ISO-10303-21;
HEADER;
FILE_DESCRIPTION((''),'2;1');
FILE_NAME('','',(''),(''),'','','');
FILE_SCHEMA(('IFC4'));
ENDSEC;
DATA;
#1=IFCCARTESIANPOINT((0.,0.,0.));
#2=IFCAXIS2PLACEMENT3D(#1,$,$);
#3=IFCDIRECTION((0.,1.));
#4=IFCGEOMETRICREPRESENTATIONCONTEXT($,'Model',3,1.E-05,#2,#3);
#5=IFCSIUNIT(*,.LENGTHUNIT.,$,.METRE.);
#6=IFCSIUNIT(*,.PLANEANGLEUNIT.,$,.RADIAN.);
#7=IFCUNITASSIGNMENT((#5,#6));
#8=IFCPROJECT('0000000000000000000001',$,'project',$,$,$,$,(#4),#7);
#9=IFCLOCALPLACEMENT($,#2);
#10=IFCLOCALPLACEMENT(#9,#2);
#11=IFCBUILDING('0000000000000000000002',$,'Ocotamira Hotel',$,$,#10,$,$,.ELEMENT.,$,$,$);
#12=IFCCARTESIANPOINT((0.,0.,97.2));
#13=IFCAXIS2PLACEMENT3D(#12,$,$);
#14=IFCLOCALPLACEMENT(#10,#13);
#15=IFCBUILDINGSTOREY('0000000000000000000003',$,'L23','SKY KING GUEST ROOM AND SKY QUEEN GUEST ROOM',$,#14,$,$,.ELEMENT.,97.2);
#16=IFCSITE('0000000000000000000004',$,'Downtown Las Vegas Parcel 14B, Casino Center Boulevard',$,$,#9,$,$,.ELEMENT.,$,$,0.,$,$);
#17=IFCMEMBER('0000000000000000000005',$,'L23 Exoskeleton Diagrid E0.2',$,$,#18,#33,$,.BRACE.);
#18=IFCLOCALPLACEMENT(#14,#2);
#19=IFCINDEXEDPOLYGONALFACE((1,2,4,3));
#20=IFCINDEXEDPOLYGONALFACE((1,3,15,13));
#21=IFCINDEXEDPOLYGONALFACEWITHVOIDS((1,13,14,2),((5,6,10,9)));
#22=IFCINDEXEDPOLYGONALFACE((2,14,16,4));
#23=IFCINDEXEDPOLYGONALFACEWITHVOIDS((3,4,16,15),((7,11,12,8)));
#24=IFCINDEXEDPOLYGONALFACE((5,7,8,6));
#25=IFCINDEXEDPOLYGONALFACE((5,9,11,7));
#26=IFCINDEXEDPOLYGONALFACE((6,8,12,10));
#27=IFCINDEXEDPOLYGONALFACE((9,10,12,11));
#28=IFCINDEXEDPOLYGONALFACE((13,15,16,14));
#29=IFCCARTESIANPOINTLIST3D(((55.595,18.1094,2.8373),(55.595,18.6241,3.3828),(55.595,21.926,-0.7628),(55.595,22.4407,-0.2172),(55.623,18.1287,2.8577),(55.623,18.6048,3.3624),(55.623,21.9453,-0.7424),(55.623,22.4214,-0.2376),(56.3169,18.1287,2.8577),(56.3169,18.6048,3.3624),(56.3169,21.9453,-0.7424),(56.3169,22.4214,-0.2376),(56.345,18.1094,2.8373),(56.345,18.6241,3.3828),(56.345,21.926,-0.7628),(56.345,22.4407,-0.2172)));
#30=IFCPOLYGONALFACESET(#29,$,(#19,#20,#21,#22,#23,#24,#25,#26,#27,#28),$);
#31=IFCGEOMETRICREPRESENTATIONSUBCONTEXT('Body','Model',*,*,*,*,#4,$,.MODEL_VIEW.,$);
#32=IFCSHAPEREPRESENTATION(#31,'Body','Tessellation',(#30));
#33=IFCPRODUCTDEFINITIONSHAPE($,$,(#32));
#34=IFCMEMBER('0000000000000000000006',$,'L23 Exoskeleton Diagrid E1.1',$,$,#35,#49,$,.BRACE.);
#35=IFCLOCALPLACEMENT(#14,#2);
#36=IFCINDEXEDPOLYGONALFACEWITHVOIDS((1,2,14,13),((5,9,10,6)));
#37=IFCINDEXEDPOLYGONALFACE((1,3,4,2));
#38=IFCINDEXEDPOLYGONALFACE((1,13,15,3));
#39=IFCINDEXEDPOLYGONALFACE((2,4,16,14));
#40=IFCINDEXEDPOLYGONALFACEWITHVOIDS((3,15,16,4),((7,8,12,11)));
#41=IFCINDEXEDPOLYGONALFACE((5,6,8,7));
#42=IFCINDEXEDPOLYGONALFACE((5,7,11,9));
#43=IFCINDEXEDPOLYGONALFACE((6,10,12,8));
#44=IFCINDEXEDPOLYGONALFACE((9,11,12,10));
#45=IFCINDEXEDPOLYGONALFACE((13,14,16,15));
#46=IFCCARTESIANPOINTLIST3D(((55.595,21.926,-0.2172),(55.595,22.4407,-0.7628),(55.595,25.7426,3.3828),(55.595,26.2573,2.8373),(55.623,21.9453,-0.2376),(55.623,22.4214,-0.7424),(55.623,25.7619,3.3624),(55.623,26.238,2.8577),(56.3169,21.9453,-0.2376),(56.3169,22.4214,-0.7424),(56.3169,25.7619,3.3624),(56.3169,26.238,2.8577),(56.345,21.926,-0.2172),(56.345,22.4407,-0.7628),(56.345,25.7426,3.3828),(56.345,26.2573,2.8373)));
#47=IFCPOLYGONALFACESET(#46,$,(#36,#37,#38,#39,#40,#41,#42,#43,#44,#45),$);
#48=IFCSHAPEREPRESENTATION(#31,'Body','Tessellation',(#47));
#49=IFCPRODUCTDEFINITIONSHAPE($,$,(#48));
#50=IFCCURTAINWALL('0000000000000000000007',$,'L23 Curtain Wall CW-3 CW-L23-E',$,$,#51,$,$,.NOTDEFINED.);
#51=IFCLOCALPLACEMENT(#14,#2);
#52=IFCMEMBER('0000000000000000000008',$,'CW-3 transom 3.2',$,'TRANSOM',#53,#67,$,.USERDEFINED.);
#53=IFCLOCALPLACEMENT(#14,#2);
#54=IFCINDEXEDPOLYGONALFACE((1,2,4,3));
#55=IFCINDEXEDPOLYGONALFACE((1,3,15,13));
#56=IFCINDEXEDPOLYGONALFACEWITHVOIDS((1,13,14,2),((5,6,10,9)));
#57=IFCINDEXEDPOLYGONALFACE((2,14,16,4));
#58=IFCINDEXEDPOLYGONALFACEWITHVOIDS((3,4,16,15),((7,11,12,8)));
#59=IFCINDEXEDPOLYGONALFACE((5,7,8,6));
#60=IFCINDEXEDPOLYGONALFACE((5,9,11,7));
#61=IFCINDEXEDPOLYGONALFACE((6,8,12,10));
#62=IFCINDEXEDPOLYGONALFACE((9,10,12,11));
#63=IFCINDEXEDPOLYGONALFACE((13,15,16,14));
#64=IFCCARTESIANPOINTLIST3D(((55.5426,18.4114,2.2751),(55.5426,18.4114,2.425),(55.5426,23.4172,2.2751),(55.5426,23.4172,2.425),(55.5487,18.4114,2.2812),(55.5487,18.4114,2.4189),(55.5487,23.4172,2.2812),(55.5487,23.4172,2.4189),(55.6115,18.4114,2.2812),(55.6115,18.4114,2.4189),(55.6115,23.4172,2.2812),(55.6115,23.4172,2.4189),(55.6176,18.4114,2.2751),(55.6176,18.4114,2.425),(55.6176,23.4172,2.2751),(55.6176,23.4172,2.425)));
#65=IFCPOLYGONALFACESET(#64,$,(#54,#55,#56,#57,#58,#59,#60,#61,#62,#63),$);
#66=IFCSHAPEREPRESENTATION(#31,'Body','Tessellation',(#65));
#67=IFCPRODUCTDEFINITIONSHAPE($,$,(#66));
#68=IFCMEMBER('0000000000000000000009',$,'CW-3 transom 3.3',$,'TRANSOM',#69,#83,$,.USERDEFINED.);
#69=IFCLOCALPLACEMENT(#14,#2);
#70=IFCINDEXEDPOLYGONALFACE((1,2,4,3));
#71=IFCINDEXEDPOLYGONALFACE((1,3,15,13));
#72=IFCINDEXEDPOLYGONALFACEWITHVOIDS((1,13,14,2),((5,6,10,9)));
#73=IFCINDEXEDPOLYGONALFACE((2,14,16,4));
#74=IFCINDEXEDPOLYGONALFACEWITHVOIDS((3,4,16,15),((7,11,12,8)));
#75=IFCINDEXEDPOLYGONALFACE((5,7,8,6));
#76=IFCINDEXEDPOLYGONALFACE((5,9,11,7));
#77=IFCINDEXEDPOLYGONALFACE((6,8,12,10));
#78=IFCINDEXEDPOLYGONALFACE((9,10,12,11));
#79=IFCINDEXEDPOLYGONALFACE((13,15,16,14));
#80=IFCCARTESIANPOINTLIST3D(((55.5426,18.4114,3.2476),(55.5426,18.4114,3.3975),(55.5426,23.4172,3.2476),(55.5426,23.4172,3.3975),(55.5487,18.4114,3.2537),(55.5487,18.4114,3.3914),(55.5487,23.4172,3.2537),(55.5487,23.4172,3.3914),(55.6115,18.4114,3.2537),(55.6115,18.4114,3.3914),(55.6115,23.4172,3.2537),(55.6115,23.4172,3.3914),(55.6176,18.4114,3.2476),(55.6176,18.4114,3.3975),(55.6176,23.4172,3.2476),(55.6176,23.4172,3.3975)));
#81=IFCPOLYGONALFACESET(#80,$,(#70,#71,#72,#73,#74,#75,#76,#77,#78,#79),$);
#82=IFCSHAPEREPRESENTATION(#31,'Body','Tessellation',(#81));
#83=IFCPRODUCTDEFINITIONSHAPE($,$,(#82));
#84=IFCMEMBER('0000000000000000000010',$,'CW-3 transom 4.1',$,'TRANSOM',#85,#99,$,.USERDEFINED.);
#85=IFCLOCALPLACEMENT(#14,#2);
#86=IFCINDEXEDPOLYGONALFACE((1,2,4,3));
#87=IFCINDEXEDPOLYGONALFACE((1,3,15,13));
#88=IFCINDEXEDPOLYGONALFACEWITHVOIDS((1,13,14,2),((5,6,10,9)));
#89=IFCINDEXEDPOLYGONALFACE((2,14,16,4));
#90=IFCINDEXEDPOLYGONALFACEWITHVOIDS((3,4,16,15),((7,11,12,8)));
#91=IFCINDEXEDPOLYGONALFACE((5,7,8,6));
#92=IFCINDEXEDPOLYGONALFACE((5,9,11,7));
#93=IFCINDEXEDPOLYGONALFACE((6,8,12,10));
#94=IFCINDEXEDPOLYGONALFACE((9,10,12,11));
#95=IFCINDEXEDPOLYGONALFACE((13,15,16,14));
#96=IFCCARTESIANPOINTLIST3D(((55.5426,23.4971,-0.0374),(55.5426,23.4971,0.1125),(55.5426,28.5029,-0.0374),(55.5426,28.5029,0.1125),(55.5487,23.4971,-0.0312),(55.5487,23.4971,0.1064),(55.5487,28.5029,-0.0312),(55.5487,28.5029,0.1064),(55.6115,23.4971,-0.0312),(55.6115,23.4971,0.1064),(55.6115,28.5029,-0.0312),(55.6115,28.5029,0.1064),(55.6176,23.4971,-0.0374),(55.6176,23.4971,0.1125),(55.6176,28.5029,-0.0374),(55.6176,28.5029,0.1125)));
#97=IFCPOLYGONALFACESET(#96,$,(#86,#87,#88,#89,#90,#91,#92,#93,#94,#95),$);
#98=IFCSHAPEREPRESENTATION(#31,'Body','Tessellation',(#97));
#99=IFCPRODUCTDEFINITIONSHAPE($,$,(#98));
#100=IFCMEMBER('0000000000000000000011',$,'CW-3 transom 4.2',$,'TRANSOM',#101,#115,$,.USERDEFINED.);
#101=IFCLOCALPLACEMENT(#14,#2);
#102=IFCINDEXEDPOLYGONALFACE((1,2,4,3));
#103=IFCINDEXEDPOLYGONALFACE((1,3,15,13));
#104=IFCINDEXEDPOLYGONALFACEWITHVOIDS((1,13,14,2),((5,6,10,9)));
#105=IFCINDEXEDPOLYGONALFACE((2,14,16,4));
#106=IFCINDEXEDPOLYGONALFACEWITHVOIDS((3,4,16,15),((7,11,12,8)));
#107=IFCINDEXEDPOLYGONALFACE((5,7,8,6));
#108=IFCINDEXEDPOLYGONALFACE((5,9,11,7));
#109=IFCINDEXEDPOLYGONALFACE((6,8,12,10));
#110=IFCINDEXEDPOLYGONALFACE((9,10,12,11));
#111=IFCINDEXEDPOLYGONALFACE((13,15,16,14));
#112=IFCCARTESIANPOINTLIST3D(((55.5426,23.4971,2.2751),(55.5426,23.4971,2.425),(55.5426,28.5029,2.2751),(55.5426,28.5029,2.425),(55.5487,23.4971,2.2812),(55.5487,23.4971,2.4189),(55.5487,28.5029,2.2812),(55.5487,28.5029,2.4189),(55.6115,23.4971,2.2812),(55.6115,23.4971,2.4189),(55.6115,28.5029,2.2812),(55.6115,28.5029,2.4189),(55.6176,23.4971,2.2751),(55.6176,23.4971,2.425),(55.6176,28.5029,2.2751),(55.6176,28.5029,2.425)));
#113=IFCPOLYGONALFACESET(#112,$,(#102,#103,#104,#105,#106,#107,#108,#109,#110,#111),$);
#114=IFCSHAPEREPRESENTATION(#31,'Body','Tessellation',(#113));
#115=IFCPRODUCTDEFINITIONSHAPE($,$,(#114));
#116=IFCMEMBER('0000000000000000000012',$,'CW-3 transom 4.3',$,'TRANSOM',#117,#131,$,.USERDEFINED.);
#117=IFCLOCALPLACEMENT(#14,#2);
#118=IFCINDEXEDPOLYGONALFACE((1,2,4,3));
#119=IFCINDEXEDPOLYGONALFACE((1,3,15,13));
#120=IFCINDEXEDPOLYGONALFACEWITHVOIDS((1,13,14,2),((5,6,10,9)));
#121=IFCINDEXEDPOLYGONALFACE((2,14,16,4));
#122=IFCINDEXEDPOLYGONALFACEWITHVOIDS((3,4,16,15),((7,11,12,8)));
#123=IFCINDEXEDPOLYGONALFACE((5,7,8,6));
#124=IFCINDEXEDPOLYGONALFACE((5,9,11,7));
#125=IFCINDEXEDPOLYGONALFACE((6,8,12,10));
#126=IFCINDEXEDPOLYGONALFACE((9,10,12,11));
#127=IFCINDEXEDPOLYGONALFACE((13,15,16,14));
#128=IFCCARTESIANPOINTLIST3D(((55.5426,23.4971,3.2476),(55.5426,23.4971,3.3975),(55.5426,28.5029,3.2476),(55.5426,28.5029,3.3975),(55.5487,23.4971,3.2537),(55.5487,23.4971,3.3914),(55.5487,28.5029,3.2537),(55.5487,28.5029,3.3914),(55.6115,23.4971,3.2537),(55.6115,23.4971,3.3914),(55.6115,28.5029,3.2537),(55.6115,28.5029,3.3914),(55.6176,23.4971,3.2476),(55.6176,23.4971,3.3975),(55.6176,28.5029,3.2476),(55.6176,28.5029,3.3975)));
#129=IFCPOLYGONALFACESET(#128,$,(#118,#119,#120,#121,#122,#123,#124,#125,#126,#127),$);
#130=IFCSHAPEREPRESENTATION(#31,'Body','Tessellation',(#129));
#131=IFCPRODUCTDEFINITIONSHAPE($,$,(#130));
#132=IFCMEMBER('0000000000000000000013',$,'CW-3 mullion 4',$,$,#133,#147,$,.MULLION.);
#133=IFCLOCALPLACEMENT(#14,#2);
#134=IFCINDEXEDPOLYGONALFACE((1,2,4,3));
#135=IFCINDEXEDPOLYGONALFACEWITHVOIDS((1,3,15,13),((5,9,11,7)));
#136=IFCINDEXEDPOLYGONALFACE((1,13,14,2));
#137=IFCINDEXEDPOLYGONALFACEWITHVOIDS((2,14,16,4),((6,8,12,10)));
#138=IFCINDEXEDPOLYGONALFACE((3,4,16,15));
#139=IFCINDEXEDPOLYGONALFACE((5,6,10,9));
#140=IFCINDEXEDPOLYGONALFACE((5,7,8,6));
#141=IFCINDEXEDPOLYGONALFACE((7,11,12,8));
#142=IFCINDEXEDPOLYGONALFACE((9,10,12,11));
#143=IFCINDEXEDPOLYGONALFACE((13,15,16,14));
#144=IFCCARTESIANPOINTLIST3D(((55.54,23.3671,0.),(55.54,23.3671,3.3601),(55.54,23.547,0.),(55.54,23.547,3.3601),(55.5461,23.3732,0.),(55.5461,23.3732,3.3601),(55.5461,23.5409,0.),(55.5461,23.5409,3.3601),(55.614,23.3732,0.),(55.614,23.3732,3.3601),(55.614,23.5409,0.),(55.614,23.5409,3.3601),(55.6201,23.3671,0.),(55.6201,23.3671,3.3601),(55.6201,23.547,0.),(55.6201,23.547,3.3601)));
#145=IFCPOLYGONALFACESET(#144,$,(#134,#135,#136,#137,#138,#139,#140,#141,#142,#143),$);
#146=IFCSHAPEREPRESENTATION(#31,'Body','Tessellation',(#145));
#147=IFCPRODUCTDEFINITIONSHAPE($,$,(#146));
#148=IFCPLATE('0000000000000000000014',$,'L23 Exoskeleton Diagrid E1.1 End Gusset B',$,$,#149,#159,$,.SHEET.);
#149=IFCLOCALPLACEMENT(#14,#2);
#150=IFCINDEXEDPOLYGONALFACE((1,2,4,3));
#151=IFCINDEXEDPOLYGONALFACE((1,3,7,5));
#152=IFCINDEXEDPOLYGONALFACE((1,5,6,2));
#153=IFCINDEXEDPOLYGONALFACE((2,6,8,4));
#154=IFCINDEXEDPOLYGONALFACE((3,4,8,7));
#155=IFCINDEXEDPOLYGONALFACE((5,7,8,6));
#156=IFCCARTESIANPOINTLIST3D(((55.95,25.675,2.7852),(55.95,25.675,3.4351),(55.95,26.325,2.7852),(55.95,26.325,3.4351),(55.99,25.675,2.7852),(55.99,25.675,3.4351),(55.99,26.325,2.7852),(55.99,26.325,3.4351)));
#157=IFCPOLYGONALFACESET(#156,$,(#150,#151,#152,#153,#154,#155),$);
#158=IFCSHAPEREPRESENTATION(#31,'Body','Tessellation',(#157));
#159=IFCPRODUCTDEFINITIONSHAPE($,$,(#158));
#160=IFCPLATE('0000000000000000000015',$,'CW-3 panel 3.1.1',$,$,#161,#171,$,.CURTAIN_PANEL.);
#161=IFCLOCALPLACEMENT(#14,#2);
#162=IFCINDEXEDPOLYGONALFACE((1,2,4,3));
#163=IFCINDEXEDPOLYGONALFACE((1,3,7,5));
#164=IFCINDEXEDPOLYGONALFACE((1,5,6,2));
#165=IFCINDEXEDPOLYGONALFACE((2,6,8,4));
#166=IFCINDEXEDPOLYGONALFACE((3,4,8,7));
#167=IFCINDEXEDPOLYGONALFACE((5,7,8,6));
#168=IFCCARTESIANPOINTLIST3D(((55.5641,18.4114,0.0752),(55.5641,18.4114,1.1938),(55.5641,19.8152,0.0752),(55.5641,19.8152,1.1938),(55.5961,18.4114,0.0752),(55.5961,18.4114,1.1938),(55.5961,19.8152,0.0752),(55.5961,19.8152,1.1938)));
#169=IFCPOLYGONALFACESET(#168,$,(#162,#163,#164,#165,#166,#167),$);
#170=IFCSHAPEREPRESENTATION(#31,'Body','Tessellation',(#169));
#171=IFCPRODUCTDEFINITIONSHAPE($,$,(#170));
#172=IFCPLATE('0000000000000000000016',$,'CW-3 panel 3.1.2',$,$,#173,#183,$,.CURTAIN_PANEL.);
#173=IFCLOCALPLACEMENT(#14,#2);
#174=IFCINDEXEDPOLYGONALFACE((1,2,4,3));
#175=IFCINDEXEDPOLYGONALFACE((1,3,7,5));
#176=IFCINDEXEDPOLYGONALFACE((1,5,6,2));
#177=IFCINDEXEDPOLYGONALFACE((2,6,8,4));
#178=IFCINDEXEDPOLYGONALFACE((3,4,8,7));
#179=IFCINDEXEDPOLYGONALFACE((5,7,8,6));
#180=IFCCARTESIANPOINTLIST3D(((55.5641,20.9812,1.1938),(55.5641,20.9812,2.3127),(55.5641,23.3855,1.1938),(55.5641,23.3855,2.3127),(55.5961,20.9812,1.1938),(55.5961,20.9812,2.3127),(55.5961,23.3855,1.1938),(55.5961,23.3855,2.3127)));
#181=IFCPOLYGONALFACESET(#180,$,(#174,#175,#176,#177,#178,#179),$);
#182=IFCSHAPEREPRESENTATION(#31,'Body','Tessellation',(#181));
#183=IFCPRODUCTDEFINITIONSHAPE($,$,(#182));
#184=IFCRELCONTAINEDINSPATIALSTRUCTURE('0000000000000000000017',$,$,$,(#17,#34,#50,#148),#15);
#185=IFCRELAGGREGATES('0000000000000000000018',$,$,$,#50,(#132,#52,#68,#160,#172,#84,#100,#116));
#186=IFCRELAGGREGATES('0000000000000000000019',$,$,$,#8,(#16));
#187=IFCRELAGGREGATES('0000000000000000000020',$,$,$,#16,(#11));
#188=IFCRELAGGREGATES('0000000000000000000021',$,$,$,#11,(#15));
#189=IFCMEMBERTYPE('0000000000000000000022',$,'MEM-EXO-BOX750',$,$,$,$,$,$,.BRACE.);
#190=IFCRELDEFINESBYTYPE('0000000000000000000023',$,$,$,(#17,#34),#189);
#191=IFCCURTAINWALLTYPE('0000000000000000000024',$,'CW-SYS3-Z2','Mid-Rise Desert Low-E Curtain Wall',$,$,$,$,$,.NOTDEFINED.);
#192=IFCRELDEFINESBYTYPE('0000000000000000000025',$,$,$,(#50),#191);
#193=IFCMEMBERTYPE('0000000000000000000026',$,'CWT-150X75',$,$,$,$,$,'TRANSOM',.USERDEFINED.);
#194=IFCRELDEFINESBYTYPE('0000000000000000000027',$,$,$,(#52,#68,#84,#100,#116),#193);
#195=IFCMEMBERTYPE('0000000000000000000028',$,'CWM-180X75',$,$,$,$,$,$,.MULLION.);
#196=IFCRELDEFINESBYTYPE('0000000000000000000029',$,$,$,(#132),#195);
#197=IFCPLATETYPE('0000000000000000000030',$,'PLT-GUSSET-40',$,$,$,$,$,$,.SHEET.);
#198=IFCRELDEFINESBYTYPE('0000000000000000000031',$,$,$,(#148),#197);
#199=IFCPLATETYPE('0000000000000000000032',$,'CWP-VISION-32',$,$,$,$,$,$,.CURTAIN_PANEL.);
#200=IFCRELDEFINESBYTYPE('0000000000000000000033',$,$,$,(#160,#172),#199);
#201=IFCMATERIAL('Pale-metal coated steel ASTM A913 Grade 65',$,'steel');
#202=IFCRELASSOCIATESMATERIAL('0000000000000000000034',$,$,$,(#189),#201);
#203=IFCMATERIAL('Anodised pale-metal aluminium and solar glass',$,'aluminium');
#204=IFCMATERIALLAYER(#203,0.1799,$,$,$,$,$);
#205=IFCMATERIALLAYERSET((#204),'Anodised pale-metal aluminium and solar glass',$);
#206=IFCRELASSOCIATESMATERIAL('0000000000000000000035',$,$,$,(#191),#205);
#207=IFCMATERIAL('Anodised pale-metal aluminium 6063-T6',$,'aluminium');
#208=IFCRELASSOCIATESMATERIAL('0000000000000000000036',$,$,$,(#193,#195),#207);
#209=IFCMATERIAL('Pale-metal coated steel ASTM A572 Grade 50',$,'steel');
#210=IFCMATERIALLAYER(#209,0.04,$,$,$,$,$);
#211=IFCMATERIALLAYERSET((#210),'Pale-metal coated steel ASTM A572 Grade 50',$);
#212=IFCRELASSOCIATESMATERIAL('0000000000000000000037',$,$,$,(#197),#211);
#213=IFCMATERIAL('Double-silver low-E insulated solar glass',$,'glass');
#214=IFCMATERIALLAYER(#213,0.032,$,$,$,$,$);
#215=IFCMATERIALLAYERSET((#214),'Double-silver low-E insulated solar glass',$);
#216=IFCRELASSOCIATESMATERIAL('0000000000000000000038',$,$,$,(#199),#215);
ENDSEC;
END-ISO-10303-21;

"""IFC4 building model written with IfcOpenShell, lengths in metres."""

from ifc_helpers import new_model, si_unit, direction, frame, origin, origin_2d, place, context, subcontext, project, spatial, rectangle, hollow_rectangle, extrude, source, transform, mapped, material, layer, layer_set, material_profile, profile_set, type_object, element, aggregate, save


model = new_model("IFC4")

# Units and contexts
model_context = context("Model", 3, precision=1e-05, world=origin(), true_north=direction((0.0, 1.0)))
body_context = subcontext(model_context, "Body", "Model", "MODEL_VIEW")
ifc_project = project(units=[si_unit("LENGTHUNIT", "METRE"), si_unit("PLANEANGLEUNIT", "RADIAN")], contexts=[model_context])

# Site, building, storey
site_placement = place(None, origin())
site = spatial("IfcSite", under=ifc_project, at=site_placement, Name="Downtown Las Vegas Parcel 14B, Casino Center Boulevard", CompositionType="ELEMENT", RefElevation=0.0)
building_placement = place(site_placement, origin())
building = spatial("IfcBuilding", under=site, at=building_placement, Name="Ocotamira Hotel", CompositionType="ELEMENT")
storey_placement = place(building_placement, frame((0.0, 0.0, 97.2)))
storey = spatial("IfcBuildingStorey", under=building, at=storey_placement, Name="L23", Description="SKY KING GUEST ROOM AND SKY QUEEN GUEST ROOM", CompositionType="ELEMENT", Elevation=97.2)

# Members
ifc_material_1 = material(Name="Pale-metal coated steel ASTM A913 Grade 65", Category="steel")
ifc_material_profile_1 = material_profile(ifc_material_1, hollow_rectangle(XDim=0.75, YDim=0.75, WallThickness=0.0281, at=origin_2d()), Name="BOX750X750X28")
ifc_profile_set_1 = profile_set([ifc_material_profile_1], Name="Pale-metal coated steel ASTM A913 Grade 65")
member_type_1 = type_object("IfcMemberType", Name="MEM-EXO-BOX750", PredefinedType="BRACE", material=ifc_profile_set_1)
shared_shape_1 = source(origin(), body_context, "Body", "SweptSolid", [
    extrude(hollow_rectangle(XDim=0.75, YDim=0.75, WallThickness=0.0281, at=origin_2d()), origin(), (0.0, 0.0, 1.0), 5.2466),
])
for number, where, z_axis, x_axis, name in (
    (1, (55.97, 22.1833, -0.49), (0.0, -0.727443, 0.686168), (1.0, 0.0, 0.0), "L23 Exoskeleton Diagrid E0.2"),
    (2, (55.97, 22.1833, -0.49), (0.0, 0.727443, 0.686168), (-1.0, 0.0, 0.0), "L23 Exoskeleton Diagrid E1.1"),
):
    element("IfcMember", number, at=place(storey_placement, frame(where, z_axis=z_axis, x_axis=x_axis)), inside=storey, type_object=member_type_1, Name=name, PredefinedType="BRACE", context=body_context, shape_type="MappedRepresentation", body=[
        mapped(shared_shape_1, transform((0.0, 0.0, 0.0), scale=1.0)),
    ])

# Curtain wall, members
ifc_material_2 = material(Name="Anodised pale-metal aluminium and solar glass", Category="aluminium")
ifc_layer_1 = layer(ifc_material_2, 0.1799)
ifc_layer_set_1 = layer_set([ifc_layer_1], Name="Anodised pale-metal aluminium and solar glass")
curtain_wall_type = type_object("IfcCurtainWallType", Name="CW-SYS3-Z2", Description="Mid-Rise Desert Low-E Curtain Wall", PredefinedType="NOTDEFINED", material=ifc_layer_set_1)
curtain_wall_placement = place(storey_placement, origin())
curtain_wall = element("IfcCurtainWall", 3, at=curtain_wall_placement, inside=storey, type_object=curtain_wall_type, Name="L23 Curtain Wall CW-3 CW-L23-E", PredefinedType="NOTDEFINED")
ifc_material_3 = material(Name="Anodised pale-metal aluminium 6063-T6", Category="aluminium")
ifc_material_profile_2 = material_profile(ifc_material_3, hollow_rectangle(XDim=0.075, YDim=0.1499, WallThickness=0.0061, at=origin_2d()), Name="HSS150X75X6")
ifc_profile_set_2 = profile_set([ifc_material_profile_2], Name="Anodised pale-metal aluminium 6063-T6")
member_type_2 = type_object("IfcMemberType", Name="CWT-150X75", ElementType="TRANSOM", PredefinedType="USERDEFINED", material=ifc_profile_set_2)
shared_shape_2 = source(origin(), body_context, "Body", "SweptSolid", [
    extrude(hollow_rectangle(XDim=0.075, YDim=0.1499, WallThickness=0.0061, at=origin_2d()), origin(), (0.0, 0.0, 1.0), 5.0059),
])
member_1_placement = place(storey_placement, frame((55.5801, 18.4114, 2.3501), z_axis=(0.0, 1.0, 0.0), x_axis=(-1.0, 0.0, 0.0)))
member_1 = element("IfcMember", 4, at=member_1_placement, type_object=member_type_2, Name="CW-3 transom 3.2", ObjectType="TRANSOM", PredefinedType="USERDEFINED", context=body_context, shape_type="MappedRepresentation", body=[
    mapped(shared_shape_2, transform((0.0, 0.0, 0.0), scale=1.0)),
])
member_2_placement = place(storey_placement, frame((55.5801, 18.4114, 3.3225), z_axis=(0.0, 1.0, 0.0), x_axis=(-1.0, 0.0, 0.0)))
member_2 = element("IfcMember", 5, at=member_2_placement, type_object=member_type_2, Name="CW-3 transom 3.3", ObjectType="TRANSOM", PredefinedType="USERDEFINED", context=body_context, shape_type="MappedRepresentation", body=[
    mapped(shared_shape_2, transform((0.0, 0.0, 0.0), scale=1.0)),
])
member_3_placement = place(storey_placement, frame((55.5801, 23.4971, 0.0376), z_axis=(0.0, 1.0, 0.0), x_axis=(-1.0, 0.0, 0.0)))
member_3 = element("IfcMember", 6, at=member_3_placement, type_object=member_type_2, Name="CW-3 transom 4.1", ObjectType="TRANSOM", PredefinedType="USERDEFINED", context=body_context, shape_type="MappedRepresentation", body=[
    mapped(shared_shape_2, transform((0.0, 0.0, 0.0), scale=1.0)),
])
member_4_placement = place(storey_placement, frame((55.5801, 23.4971, 2.3501), z_axis=(0.0, 1.0, 0.0), x_axis=(-1.0, 0.0, 0.0)))
member_4 = element("IfcMember", 7, at=member_4_placement, type_object=member_type_2, Name="CW-3 transom 4.2", ObjectType="TRANSOM", PredefinedType="USERDEFINED", context=body_context, shape_type="MappedRepresentation", body=[
    mapped(shared_shape_2, transform((0.0, 0.0, 0.0), scale=1.0)),
])
member_5_placement = place(storey_placement, frame((55.5801, 23.4971, 3.3225), z_axis=(0.0, 1.0, 0.0), x_axis=(-1.0, 0.0, 0.0)))
member_5 = element("IfcMember", 8, at=member_5_placement, type_object=member_type_2, Name="CW-3 transom 4.3", ObjectType="TRANSOM", PredefinedType="USERDEFINED", context=body_context, shape_type="MappedRepresentation", body=[
    mapped(shared_shape_2, transform((0.0, 0.0, 0.0), scale=1.0)),
])
ifc_material_profile_3 = material_profile(ifc_material_3, hollow_rectangle(XDim=0.0801, YDim=0.1799, WallThickness=0.0061, at=origin_2d()), Name="HSS180X80X6")
ifc_profile_set_3 = profile_set([ifc_material_profile_3], Name="Anodised pale-metal aluminium 6063-T6")
member_type_3 = type_object("IfcMemberType", Name="CWM-180X75", PredefinedType="MULLION", material=ifc_profile_set_3)
shared_shape_3 = source(origin(), body_context, "Body", "SweptSolid", [
    extrude(hollow_rectangle(XDim=0.0801, YDim=0.1799, WallThickness=0.0061, at=origin_2d()), origin(), (0.0, 0.0, 1.0), 3.3601),
])
member_6_placement = place(storey_placement, frame((55.5801, 23.457, 0.0), z_axis=(0.0, 0.0, 1.0), x_axis=(-1.0, 0.0, 0.0)))
member_6 = element("IfcMember", 9, at=member_6_placement, type_object=member_type_3, Name="CW-3 mullion 4", PredefinedType="MULLION", context=body_context, shape_type="MappedRepresentation", body=[
    mapped(shared_shape_3, transform((0.0, 0.0, 0.0), scale=1.0)),
])

# Plates
ifc_material_4 = material(Name="Pale-metal coated steel ASTM A572 Grade 50", Category="steel")
ifc_layer_2 = layer(ifc_material_4, 0.04)
ifc_layer_set_2 = layer_set([ifc_layer_2], Name="Pale-metal coated steel ASTM A572 Grade 50")
plate_type_1 = type_object("IfcPlateType", Name="PLT-GUSSET-40", PredefinedType="SHEET", material=ifc_layer_set_2)
shared_shape_4 = source(origin(), body_context, "Body", "SweptSolid", [
    extrude(rectangle(XDim=0.04, YDim=0.6499, at=origin_2d()), origin(), (0.0, 0.0, 1.0), 0.6499),
])
plate_1_placement = place(storey_placement, frame((55.97, 26.0, 2.7852), z_axis=(0.0, 0.0, 1.0), x_axis=(1.0, 0.0, 0.0)))
element("IfcPlate", 10, at=plate_1_placement, inside=storey, type_object=plate_type_1, Name="L23 Exoskeleton Diagrid E1.1 End Gusset B", PredefinedType="SHEET", context=body_context, shape_type="MappedRepresentation", body=[
    mapped(shared_shape_4, transform((0.0, 0.0, 0.0), scale=1.0)),
])
ifc_material_5 = material(Name="Double-silver low-E insulated solar glass", Category="glass")
ifc_layer_3 = layer(ifc_material_5, 0.032)
ifc_layer_set_3 = layer_set([ifc_layer_3], Name="Double-silver low-E insulated solar glass")
plate_type_2 = type_object("IfcPlateType", Name="CWP-VISION-32", PredefinedType="CURTAIN_PANEL", material=ifc_layer_set_3)
shared_shape_5 = source(origin(), body_context, "Body", "SweptSolid", [
    extrude(rectangle(XDim=1.4038, YDim=0.032, at=origin_2d()), origin(), (0.0, 0.0, 1.0), 1.1187),
])
plate_2_placement = place(storey_placement, frame((55.5801, 19.1133, 0.0752), z_axis=(0.0, 0.0, 1.0), x_axis=(0.0, 1.0, 0.0)))
plate_2 = element("IfcPlate", 11, at=plate_2_placement, type_object=plate_type_2, Name="CW-3 panel 3.1.1", PredefinedType="CURTAIN_PANEL", context=body_context, shape_type="MappedRepresentation", body=[
    mapped(shared_shape_5, transform((0.0, 0.0, 0.0), scale=1.0)),
])
shared_shape_6 = source(origin(), body_context, "Body", "SweptSolid", [
    extrude(rectangle(XDim=2.4043, YDim=0.032, at=origin_2d()), origin(), (0.0, 0.0, 1.0), 1.1189),
])
plate_3_placement = place(storey_placement, frame((55.5801, 22.1833, 1.1938), z_axis=(0.0, 0.0, 1.0), x_axis=(0.0, 1.0, 0.0)))
plate_3 = element("IfcPlate", 12, at=plate_3_placement, type_object=plate_type_2, Name="CW-3 panel 3.1.2", PredefinedType="CURTAIN_PANEL", context=body_context, shape_type="MappedRepresentation", body=[
    mapped(shared_shape_6, transform((0.0, 0.0, 0.0), scale=1.0)),
])
aggregate(curtain_wall, [member_6, member_1, member_2, plate_2, plate_3, member_3, member_4, member_5])

save(model, "model.ifc")
